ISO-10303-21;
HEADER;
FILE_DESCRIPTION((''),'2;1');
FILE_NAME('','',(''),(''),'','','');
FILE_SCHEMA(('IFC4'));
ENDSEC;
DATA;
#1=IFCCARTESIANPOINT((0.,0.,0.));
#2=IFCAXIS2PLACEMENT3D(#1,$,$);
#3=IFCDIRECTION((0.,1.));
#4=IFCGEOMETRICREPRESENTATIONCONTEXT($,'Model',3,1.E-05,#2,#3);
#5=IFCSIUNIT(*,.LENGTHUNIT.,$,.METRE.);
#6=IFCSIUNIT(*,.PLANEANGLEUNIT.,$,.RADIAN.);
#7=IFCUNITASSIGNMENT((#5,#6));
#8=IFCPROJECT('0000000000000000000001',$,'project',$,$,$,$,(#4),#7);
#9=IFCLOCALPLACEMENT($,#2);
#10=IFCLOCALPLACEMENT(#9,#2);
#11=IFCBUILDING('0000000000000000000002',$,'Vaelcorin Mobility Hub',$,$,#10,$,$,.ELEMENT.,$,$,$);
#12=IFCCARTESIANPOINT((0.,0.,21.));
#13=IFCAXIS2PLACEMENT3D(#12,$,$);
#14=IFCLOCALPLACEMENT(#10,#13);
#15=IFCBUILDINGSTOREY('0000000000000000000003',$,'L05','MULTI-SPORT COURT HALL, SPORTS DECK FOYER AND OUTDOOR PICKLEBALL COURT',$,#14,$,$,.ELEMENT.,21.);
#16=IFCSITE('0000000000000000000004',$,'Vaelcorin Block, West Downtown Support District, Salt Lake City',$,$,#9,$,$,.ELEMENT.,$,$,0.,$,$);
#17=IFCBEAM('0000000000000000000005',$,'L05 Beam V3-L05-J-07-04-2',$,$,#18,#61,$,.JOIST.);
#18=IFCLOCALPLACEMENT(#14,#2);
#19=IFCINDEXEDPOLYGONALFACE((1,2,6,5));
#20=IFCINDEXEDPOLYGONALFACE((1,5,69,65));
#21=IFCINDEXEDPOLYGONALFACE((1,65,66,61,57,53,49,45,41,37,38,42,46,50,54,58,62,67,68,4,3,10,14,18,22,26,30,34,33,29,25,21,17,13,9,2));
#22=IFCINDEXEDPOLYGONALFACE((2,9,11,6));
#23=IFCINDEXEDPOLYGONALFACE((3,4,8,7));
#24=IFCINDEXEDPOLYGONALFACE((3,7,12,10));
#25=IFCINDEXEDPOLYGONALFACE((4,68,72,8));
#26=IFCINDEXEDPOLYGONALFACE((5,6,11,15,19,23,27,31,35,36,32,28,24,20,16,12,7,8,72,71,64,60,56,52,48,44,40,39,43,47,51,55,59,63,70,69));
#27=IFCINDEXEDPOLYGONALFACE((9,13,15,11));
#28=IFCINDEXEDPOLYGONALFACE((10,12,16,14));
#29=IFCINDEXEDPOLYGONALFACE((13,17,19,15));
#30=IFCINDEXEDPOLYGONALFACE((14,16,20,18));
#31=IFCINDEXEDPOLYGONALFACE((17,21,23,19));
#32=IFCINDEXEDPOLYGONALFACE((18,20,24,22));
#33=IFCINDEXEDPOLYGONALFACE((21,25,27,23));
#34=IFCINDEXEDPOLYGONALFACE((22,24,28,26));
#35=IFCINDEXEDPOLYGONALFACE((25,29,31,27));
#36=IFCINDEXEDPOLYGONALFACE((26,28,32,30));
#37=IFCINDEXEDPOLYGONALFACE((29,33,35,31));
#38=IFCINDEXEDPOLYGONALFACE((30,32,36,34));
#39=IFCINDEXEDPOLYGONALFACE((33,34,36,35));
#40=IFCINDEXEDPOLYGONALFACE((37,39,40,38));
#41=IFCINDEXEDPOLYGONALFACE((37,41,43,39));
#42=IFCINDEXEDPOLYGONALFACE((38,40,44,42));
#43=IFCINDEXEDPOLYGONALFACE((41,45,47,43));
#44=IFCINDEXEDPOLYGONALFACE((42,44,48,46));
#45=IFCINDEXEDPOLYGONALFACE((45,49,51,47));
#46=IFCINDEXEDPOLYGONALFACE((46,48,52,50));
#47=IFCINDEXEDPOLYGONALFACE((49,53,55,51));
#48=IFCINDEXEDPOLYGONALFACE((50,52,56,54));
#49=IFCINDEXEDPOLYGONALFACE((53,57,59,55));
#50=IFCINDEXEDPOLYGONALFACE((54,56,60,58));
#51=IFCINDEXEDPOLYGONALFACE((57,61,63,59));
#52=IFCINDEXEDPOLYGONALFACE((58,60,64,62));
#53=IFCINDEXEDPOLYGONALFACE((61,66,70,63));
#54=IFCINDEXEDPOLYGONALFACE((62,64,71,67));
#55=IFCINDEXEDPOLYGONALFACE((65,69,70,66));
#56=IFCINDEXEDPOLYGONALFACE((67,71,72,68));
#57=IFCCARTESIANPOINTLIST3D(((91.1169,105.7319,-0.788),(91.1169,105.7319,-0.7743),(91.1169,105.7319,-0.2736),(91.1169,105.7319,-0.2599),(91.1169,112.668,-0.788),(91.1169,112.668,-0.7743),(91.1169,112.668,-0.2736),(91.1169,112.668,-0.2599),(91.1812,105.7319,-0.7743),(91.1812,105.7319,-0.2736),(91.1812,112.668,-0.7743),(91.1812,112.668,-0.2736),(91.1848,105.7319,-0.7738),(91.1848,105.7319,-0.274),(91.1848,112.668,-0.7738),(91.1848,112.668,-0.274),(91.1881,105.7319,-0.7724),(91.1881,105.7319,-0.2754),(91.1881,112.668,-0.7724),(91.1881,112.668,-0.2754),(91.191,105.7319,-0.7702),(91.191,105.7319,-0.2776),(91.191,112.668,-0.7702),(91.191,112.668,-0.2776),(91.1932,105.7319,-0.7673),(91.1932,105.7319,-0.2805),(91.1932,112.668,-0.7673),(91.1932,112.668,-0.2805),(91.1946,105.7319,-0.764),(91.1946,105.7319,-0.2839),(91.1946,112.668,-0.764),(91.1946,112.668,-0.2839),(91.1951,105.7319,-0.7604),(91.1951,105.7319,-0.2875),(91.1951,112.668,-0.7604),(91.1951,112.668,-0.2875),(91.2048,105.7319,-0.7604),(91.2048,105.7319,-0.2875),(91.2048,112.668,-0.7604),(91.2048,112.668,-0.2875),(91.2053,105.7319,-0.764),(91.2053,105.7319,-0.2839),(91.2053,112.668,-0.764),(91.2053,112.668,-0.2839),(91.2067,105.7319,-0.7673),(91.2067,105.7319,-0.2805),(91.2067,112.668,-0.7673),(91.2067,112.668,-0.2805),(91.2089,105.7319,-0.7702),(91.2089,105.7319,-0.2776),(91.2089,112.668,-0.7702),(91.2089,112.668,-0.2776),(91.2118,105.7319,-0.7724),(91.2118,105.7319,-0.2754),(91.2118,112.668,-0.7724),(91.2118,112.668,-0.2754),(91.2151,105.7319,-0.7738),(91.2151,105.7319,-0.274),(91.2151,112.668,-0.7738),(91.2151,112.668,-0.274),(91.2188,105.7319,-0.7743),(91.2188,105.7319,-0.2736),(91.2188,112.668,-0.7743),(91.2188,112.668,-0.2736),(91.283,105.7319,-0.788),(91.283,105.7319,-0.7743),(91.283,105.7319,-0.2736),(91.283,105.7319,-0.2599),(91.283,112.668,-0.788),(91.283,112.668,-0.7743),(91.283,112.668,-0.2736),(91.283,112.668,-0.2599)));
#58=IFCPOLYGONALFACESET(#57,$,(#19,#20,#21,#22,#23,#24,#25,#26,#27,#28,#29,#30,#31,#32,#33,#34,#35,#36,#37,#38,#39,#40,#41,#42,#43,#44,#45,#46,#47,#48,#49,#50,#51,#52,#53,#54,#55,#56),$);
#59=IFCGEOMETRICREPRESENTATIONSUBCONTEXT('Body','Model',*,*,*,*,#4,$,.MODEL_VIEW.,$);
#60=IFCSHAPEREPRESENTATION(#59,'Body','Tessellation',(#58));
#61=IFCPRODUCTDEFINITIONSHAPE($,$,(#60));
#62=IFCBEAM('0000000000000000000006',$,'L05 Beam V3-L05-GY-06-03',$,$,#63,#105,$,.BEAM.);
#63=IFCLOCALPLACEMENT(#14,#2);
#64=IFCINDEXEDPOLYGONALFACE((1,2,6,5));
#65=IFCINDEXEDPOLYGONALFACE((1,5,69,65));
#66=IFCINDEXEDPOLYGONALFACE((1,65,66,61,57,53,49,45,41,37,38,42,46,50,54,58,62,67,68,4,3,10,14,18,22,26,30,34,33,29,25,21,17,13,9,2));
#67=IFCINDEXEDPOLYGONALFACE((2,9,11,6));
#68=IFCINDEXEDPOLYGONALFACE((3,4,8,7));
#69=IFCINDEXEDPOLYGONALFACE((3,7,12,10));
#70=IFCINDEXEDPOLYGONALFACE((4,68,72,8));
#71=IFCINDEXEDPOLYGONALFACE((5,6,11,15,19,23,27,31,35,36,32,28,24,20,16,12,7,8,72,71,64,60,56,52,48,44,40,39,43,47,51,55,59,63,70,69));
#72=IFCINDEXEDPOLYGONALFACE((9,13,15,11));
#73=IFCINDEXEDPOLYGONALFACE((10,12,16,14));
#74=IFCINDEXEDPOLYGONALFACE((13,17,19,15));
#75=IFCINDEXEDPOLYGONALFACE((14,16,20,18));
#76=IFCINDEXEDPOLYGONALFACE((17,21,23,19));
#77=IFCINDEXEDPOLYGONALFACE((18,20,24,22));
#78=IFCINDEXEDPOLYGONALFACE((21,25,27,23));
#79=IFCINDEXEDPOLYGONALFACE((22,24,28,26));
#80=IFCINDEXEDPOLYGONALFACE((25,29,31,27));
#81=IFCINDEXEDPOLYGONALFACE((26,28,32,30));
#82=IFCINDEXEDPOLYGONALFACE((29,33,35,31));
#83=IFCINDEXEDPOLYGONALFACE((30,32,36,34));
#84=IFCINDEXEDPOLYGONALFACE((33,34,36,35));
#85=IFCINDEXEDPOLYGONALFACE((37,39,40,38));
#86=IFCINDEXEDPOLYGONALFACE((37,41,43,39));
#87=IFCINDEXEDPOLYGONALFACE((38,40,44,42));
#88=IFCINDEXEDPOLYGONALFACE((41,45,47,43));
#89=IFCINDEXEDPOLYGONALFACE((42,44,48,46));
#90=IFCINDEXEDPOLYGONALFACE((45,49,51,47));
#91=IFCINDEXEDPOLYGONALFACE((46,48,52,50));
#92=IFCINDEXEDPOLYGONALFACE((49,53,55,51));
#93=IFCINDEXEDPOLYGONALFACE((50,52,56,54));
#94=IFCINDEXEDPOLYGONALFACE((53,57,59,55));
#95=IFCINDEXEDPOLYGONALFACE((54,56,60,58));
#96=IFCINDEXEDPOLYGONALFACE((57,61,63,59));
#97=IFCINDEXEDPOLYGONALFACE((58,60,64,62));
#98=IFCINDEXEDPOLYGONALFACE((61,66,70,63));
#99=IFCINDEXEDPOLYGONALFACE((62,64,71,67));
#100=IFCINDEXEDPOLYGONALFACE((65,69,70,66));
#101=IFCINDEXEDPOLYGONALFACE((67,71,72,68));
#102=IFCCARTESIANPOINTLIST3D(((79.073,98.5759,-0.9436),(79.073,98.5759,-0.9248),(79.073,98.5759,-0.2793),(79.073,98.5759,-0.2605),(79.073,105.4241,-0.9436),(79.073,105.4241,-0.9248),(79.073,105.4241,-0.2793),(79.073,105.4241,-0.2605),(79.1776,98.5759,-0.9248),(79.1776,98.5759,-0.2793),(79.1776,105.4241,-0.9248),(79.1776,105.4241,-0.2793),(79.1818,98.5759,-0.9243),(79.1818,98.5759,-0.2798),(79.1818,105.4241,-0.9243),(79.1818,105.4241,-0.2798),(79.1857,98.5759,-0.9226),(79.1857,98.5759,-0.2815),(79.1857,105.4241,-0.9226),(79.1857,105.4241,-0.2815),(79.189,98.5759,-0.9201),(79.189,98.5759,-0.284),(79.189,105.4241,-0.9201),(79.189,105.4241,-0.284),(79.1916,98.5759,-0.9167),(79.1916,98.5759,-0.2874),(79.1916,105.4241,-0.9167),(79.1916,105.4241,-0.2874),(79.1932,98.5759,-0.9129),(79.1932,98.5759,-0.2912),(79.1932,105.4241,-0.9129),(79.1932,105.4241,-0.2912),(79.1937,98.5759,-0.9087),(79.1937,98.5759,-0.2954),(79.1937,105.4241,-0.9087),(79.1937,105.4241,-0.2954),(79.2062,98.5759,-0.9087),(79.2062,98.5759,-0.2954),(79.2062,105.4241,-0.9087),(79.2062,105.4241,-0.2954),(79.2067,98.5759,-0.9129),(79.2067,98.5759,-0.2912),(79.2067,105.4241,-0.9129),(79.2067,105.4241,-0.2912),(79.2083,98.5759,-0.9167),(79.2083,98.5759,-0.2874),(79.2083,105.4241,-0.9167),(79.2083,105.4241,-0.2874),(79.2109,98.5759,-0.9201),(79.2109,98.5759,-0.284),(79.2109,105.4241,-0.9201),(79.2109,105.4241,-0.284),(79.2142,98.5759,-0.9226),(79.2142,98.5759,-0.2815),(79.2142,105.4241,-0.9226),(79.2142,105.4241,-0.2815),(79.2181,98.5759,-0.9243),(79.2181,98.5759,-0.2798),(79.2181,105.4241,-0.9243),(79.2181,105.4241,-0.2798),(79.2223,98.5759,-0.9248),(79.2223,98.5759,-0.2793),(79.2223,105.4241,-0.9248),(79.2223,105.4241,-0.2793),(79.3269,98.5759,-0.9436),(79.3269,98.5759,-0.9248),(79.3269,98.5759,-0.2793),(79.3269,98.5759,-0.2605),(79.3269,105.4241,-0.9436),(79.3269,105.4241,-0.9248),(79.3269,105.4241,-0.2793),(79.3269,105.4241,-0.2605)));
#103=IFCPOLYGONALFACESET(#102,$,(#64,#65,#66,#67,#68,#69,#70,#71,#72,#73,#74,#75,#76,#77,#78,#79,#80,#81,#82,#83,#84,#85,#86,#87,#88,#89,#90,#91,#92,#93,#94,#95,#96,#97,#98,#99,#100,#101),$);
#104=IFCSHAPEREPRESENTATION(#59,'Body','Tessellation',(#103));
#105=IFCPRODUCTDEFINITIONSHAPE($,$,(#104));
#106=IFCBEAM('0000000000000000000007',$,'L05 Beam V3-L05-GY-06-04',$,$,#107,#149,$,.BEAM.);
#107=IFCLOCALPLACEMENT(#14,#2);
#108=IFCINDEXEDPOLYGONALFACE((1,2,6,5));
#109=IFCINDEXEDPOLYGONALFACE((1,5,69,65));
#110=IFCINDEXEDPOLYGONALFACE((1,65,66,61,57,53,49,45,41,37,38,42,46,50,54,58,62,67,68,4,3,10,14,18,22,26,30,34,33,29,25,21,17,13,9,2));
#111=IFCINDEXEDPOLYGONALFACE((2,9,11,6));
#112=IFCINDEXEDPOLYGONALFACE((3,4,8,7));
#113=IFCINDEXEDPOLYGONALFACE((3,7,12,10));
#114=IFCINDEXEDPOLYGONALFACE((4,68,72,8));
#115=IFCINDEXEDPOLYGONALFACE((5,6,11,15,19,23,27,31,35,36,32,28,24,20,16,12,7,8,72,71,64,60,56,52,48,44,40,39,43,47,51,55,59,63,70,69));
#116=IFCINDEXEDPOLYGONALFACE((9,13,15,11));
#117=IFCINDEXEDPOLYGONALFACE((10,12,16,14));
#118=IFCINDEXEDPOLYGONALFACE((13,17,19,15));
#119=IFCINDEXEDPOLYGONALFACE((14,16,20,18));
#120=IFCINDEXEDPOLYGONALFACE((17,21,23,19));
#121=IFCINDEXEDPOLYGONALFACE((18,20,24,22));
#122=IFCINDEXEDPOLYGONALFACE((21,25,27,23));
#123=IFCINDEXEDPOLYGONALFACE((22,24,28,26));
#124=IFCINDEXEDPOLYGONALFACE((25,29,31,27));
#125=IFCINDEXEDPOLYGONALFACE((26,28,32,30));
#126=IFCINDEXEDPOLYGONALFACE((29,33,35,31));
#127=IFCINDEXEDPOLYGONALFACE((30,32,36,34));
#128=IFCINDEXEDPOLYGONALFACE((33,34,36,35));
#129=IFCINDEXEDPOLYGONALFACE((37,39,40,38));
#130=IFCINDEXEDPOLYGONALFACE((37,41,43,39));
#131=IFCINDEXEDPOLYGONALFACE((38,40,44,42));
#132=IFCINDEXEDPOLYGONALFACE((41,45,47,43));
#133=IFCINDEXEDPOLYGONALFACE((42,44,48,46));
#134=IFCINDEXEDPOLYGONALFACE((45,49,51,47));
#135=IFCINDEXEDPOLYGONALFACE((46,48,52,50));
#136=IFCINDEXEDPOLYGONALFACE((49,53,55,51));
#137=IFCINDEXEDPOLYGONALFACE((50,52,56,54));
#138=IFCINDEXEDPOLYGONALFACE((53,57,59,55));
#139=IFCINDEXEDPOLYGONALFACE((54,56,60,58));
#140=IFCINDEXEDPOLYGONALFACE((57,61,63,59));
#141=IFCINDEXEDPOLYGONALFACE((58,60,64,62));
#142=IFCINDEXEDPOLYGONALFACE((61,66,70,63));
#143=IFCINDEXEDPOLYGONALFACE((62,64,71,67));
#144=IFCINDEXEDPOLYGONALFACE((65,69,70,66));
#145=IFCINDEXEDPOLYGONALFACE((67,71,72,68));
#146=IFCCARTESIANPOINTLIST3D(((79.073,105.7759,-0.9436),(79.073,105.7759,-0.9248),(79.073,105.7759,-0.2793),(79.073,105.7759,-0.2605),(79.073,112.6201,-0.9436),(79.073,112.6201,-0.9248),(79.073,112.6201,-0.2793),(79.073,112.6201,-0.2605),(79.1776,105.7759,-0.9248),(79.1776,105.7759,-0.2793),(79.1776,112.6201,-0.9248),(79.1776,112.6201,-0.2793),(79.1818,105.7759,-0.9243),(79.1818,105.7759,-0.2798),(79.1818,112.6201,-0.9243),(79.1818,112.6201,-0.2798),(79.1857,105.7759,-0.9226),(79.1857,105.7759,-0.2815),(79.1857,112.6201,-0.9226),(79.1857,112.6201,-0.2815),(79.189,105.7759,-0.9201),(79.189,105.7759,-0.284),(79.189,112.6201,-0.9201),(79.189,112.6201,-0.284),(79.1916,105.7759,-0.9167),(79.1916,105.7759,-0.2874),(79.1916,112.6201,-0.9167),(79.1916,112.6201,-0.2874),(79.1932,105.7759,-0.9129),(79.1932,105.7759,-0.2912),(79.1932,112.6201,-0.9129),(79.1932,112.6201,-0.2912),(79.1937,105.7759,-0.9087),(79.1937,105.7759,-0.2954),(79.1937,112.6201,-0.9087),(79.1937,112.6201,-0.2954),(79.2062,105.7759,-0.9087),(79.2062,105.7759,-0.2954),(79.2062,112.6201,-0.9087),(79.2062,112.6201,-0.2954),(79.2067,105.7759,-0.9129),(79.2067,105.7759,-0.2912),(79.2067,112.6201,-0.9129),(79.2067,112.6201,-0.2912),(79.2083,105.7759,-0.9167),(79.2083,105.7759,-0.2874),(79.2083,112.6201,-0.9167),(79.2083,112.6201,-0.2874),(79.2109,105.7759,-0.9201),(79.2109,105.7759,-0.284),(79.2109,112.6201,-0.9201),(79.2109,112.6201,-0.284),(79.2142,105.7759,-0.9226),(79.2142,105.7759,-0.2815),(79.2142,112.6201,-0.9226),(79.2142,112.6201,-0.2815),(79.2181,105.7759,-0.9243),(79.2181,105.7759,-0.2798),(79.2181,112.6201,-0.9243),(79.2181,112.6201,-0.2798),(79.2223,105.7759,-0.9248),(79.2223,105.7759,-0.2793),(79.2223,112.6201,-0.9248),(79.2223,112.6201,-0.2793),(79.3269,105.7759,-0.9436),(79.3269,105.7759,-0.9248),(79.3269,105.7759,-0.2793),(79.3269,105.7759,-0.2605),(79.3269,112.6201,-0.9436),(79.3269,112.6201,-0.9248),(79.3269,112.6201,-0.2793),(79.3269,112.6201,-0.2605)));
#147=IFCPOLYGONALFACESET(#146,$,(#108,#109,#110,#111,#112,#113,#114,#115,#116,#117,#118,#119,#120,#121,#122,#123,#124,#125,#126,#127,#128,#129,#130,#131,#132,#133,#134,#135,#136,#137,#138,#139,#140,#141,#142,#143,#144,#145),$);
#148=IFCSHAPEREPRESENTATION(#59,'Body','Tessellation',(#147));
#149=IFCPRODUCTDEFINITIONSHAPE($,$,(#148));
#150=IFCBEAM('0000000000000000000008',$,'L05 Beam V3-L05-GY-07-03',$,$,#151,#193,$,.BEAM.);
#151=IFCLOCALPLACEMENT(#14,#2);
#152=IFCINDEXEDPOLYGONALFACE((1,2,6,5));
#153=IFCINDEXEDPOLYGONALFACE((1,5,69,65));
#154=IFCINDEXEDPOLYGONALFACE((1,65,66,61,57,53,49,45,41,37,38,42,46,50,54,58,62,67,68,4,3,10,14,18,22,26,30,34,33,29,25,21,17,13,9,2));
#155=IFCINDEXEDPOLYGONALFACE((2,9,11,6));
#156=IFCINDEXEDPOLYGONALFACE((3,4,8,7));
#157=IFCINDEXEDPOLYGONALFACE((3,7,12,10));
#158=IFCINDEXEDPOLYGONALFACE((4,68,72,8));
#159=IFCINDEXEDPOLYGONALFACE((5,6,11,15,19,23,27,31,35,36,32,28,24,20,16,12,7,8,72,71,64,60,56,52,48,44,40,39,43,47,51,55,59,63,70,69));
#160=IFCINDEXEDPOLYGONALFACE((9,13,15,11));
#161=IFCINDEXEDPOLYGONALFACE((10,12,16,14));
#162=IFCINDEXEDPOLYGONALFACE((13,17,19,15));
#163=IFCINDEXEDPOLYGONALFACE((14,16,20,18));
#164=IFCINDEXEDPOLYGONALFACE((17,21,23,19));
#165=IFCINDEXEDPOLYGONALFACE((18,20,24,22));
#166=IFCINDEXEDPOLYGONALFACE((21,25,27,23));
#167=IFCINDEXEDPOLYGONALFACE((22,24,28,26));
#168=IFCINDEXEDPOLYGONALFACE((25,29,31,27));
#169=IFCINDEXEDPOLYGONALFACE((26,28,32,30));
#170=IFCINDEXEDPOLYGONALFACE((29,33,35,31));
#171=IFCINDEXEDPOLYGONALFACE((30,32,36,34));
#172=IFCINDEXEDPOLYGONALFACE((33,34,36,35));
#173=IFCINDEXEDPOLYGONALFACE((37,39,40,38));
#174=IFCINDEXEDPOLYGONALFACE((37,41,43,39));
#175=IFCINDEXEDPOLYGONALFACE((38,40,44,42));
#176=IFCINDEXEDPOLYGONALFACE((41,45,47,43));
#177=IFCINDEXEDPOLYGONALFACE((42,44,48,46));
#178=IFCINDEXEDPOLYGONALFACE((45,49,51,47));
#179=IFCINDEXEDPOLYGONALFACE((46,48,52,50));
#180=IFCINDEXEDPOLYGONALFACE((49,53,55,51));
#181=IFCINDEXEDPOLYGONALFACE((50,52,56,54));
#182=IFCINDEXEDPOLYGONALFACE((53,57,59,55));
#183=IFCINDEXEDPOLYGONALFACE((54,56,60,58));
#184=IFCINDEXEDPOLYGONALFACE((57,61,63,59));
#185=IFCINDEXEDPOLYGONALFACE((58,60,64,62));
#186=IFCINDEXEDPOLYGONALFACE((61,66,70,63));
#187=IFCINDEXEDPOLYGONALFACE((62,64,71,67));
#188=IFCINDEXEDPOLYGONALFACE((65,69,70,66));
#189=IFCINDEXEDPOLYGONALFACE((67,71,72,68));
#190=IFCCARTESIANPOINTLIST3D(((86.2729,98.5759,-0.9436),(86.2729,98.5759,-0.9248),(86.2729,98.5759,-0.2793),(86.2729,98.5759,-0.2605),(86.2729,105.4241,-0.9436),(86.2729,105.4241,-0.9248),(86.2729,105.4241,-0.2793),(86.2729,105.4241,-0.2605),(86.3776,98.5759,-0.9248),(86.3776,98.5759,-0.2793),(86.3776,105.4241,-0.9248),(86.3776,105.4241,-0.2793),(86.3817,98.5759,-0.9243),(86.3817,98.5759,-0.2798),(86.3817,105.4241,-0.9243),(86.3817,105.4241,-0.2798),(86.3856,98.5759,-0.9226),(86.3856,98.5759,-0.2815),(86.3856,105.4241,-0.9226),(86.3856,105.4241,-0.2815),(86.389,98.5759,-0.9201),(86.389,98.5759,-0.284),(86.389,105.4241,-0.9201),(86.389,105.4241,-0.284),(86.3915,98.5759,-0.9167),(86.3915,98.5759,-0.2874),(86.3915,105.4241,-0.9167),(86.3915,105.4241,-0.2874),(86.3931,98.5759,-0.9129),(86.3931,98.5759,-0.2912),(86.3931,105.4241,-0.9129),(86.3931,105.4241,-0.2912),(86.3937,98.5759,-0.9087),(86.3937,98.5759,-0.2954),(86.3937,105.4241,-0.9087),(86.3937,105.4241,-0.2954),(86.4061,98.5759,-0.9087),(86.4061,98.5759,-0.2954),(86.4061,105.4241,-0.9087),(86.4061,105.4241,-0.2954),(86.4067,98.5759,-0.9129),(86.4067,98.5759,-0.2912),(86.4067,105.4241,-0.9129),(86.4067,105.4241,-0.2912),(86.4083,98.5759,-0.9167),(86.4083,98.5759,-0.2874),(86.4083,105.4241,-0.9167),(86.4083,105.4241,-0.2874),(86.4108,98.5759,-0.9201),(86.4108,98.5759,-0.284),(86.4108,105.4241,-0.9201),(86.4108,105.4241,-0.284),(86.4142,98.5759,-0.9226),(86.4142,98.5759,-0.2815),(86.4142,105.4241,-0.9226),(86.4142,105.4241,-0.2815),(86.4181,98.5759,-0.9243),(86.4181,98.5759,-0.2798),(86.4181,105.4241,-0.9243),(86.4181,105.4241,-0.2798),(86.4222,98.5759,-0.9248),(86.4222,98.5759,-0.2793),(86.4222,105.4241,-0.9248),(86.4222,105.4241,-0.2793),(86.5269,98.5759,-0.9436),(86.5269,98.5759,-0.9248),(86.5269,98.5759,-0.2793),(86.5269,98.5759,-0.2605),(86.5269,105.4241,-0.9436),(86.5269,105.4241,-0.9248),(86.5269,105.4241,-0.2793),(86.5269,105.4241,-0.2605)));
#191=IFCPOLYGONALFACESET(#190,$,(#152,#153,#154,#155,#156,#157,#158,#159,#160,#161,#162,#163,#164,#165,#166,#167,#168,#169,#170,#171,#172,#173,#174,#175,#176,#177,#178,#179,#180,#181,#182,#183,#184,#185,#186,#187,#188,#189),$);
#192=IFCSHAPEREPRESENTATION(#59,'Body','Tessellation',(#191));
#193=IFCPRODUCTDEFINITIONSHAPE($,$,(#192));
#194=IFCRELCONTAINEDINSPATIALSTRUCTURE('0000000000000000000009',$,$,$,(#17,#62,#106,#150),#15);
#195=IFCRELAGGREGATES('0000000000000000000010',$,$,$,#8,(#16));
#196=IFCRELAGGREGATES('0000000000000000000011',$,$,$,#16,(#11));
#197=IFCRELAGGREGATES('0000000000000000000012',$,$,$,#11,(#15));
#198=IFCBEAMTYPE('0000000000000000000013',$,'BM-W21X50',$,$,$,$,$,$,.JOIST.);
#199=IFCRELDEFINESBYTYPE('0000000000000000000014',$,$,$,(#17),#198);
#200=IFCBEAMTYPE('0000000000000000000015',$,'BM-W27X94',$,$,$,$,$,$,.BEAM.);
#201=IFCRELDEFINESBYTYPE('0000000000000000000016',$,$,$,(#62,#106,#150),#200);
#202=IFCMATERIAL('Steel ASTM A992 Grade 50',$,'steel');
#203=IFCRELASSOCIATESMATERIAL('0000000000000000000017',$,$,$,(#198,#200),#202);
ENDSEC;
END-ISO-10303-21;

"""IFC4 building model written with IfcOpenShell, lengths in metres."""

from ifc_helpers import new_model, si_unit, direction, frame, origin, origin_2d, place, context, subcontext, project, spatial, i_section, extrude, material, material_profile, profile_set, type_object, element, save


model = new_model("IFC4")

# Units and contexts
model_context = context("Model", 3, precision=1e-05, world=origin(), true_north=direction((0.0, 1.0)))
body_context = subcontext(model_context, "Body", "Model", "MODEL_VIEW")
ifc_project = project(units=[si_unit("LENGTHUNIT", "METRE"), si_unit("PLANEANGLEUNIT", "RADIAN")], contexts=[model_context])

# Site, building, storey
site_placement = place(None, origin())
site = spatial("IfcSite", under=ifc_project, at=site_placement, Name="Vaelcorin Block, West Downtown Support District, Salt Lake City", CompositionType="ELEMENT", RefElevation=0.0)
building_placement = place(site_placement, origin())
building = spatial("IfcBuilding", under=site, at=building_placement, Name="Vaelcorin Mobility Hub", CompositionType="ELEMENT")
storey_placement = place(building_placement, frame((0.0, 0.0, 21.0)))
storey = spatial("IfcBuildingStorey", under=building, at=storey_placement, Name="L05", Description="MULTI-SPORT COURT HALL, SPORTS DECK FOYER AND OUTDOOR PICKLEBALL COURT", CompositionType="ELEMENT", Elevation=21.0)

# Shared definitions
ifc_material_1 = material(Name="Steel ASTM A992 Grade 50", Category="steel")

# Beams
ifc_material_profile_1 = material_profile(ifc_material_1, i_section(OverallWidth=0.166, OverallDepth=0.5281, WebThickness=0.0098, FlangeThickness=0.0137, FilletRadius=0.0139, at=origin_2d()), Name="W21X50")
ifc_profile_set_1 = profile_set([ifc_material_profile_1], Name="Steel ASTM A992 Grade 50")
beam_type_1 = type_object("IfcBeamType", Name="BM-W21X50", PredefinedType="JOIST", material=ifc_profile_set_1)
for number, where, z_axis, x_axis, name in (
    (1, (91.2, 105.7319, -0.5239), (0.0, 1.0, 0.0), (-1.0, 0.0, 0.0), "L05 Beam V3-L05-J-07-04-2"),
):
    element("IfcBeam", number, at=place(storey_placement, frame(where, z_axis=z_axis, x_axis=x_axis)), inside=storey, type_object=beam_type_1, Name=name, PredefinedType="JOIST", context=body_context, shape_type="SweptSolid", body=[
        extrude(i_section(OverallWidth=0.166, OverallDepth=0.5281, WebThickness=0.0098, FlangeThickness=0.0137, FilletRadius=0.0139, at=origin_2d()), origin(), (0.0, 0.0, 1.0), 6.936),
    ])
ifc_material_profile_2 = material_profile(ifc_material_1, i_section(OverallWidth=0.2539, OverallDepth=0.6831, WebThickness=0.0125, FlangeThickness=0.0188, FilletRadius=0.0161, at=origin_2d()), Name="W27X94")
ifc_profile_set_2 = profile_set([ifc_material_profile_2], Name="Steel ASTM A992 Grade 50")
beam_type_2 = type_object("IfcBeamType", Name="BM-W27X94", PredefinedType="BEAM", material=ifc_profile_set_2)
beam_1_placement = place(storey_placement, frame((79.2, 98.5759, -0.6021), z_axis=(0.0, 1.0, 0.0), x_axis=(-1.0, 0.0, 0.0)))
element("IfcBeam", 2, at=beam_1_placement, inside=storey, type_object=beam_type_2, Name="L05 Beam V3-L05-GY-06-03", PredefinedType="BEAM", context=body_context, shape_type="SweptSolid", body=[
    extrude(i_section(OverallWidth=0.2539, OverallDepth=0.6831, WebThickness=0.0125, FlangeThickness=0.0188, FilletRadius=0.0161, at=origin_2d()), origin(), (0.0, 0.0, 1.0), 6.8481),
])
beam_2_placement = place(storey_placement, frame((79.2, 105.7759, -0.6021), z_axis=(0.0, 1.0, 0.0), x_axis=(-1.0, 0.0, 0.0)))
element("IfcBeam", 3, at=beam_2_placement, inside=storey, type_object=beam_type_2, Name="L05 Beam V3-L05-GY-06-04", PredefinedType="BEAM", context=body_context, shape_type="SweptSolid", body=[
    extrude(i_section(OverallWidth=0.2539, OverallDepth=0.6831, WebThickness=0.0125, FlangeThickness=0.0188, FilletRadius=0.0161, at=origin_2d()), origin(), (0.0, 0.0, 1.0), 6.8442),
])
beam_3_placement = place(storey_placement, frame((86.3999, 98.5759, -0.6021), z_axis=(0.0, 1.0, 0.0), x_axis=(-1.0, 0.0, 0.0)))
element("IfcBeam", 4, at=beam_3_placement, inside=storey, type_object=beam_type_2, Name="L05 Beam V3-L05-GY-07-03", PredefinedType="BEAM", context=body_context, shape_type="SweptSolid", body=[
    extrude(i_section(OverallWidth=0.2539, OverallDepth=0.6831, WebThickness=0.0125, FlangeThickness=0.0188, FilletRadius=0.0161, at=origin_2d()), origin(), (0.0, 0.0, 1.0), 6.8481),
])

save(model, "model.ifc")
